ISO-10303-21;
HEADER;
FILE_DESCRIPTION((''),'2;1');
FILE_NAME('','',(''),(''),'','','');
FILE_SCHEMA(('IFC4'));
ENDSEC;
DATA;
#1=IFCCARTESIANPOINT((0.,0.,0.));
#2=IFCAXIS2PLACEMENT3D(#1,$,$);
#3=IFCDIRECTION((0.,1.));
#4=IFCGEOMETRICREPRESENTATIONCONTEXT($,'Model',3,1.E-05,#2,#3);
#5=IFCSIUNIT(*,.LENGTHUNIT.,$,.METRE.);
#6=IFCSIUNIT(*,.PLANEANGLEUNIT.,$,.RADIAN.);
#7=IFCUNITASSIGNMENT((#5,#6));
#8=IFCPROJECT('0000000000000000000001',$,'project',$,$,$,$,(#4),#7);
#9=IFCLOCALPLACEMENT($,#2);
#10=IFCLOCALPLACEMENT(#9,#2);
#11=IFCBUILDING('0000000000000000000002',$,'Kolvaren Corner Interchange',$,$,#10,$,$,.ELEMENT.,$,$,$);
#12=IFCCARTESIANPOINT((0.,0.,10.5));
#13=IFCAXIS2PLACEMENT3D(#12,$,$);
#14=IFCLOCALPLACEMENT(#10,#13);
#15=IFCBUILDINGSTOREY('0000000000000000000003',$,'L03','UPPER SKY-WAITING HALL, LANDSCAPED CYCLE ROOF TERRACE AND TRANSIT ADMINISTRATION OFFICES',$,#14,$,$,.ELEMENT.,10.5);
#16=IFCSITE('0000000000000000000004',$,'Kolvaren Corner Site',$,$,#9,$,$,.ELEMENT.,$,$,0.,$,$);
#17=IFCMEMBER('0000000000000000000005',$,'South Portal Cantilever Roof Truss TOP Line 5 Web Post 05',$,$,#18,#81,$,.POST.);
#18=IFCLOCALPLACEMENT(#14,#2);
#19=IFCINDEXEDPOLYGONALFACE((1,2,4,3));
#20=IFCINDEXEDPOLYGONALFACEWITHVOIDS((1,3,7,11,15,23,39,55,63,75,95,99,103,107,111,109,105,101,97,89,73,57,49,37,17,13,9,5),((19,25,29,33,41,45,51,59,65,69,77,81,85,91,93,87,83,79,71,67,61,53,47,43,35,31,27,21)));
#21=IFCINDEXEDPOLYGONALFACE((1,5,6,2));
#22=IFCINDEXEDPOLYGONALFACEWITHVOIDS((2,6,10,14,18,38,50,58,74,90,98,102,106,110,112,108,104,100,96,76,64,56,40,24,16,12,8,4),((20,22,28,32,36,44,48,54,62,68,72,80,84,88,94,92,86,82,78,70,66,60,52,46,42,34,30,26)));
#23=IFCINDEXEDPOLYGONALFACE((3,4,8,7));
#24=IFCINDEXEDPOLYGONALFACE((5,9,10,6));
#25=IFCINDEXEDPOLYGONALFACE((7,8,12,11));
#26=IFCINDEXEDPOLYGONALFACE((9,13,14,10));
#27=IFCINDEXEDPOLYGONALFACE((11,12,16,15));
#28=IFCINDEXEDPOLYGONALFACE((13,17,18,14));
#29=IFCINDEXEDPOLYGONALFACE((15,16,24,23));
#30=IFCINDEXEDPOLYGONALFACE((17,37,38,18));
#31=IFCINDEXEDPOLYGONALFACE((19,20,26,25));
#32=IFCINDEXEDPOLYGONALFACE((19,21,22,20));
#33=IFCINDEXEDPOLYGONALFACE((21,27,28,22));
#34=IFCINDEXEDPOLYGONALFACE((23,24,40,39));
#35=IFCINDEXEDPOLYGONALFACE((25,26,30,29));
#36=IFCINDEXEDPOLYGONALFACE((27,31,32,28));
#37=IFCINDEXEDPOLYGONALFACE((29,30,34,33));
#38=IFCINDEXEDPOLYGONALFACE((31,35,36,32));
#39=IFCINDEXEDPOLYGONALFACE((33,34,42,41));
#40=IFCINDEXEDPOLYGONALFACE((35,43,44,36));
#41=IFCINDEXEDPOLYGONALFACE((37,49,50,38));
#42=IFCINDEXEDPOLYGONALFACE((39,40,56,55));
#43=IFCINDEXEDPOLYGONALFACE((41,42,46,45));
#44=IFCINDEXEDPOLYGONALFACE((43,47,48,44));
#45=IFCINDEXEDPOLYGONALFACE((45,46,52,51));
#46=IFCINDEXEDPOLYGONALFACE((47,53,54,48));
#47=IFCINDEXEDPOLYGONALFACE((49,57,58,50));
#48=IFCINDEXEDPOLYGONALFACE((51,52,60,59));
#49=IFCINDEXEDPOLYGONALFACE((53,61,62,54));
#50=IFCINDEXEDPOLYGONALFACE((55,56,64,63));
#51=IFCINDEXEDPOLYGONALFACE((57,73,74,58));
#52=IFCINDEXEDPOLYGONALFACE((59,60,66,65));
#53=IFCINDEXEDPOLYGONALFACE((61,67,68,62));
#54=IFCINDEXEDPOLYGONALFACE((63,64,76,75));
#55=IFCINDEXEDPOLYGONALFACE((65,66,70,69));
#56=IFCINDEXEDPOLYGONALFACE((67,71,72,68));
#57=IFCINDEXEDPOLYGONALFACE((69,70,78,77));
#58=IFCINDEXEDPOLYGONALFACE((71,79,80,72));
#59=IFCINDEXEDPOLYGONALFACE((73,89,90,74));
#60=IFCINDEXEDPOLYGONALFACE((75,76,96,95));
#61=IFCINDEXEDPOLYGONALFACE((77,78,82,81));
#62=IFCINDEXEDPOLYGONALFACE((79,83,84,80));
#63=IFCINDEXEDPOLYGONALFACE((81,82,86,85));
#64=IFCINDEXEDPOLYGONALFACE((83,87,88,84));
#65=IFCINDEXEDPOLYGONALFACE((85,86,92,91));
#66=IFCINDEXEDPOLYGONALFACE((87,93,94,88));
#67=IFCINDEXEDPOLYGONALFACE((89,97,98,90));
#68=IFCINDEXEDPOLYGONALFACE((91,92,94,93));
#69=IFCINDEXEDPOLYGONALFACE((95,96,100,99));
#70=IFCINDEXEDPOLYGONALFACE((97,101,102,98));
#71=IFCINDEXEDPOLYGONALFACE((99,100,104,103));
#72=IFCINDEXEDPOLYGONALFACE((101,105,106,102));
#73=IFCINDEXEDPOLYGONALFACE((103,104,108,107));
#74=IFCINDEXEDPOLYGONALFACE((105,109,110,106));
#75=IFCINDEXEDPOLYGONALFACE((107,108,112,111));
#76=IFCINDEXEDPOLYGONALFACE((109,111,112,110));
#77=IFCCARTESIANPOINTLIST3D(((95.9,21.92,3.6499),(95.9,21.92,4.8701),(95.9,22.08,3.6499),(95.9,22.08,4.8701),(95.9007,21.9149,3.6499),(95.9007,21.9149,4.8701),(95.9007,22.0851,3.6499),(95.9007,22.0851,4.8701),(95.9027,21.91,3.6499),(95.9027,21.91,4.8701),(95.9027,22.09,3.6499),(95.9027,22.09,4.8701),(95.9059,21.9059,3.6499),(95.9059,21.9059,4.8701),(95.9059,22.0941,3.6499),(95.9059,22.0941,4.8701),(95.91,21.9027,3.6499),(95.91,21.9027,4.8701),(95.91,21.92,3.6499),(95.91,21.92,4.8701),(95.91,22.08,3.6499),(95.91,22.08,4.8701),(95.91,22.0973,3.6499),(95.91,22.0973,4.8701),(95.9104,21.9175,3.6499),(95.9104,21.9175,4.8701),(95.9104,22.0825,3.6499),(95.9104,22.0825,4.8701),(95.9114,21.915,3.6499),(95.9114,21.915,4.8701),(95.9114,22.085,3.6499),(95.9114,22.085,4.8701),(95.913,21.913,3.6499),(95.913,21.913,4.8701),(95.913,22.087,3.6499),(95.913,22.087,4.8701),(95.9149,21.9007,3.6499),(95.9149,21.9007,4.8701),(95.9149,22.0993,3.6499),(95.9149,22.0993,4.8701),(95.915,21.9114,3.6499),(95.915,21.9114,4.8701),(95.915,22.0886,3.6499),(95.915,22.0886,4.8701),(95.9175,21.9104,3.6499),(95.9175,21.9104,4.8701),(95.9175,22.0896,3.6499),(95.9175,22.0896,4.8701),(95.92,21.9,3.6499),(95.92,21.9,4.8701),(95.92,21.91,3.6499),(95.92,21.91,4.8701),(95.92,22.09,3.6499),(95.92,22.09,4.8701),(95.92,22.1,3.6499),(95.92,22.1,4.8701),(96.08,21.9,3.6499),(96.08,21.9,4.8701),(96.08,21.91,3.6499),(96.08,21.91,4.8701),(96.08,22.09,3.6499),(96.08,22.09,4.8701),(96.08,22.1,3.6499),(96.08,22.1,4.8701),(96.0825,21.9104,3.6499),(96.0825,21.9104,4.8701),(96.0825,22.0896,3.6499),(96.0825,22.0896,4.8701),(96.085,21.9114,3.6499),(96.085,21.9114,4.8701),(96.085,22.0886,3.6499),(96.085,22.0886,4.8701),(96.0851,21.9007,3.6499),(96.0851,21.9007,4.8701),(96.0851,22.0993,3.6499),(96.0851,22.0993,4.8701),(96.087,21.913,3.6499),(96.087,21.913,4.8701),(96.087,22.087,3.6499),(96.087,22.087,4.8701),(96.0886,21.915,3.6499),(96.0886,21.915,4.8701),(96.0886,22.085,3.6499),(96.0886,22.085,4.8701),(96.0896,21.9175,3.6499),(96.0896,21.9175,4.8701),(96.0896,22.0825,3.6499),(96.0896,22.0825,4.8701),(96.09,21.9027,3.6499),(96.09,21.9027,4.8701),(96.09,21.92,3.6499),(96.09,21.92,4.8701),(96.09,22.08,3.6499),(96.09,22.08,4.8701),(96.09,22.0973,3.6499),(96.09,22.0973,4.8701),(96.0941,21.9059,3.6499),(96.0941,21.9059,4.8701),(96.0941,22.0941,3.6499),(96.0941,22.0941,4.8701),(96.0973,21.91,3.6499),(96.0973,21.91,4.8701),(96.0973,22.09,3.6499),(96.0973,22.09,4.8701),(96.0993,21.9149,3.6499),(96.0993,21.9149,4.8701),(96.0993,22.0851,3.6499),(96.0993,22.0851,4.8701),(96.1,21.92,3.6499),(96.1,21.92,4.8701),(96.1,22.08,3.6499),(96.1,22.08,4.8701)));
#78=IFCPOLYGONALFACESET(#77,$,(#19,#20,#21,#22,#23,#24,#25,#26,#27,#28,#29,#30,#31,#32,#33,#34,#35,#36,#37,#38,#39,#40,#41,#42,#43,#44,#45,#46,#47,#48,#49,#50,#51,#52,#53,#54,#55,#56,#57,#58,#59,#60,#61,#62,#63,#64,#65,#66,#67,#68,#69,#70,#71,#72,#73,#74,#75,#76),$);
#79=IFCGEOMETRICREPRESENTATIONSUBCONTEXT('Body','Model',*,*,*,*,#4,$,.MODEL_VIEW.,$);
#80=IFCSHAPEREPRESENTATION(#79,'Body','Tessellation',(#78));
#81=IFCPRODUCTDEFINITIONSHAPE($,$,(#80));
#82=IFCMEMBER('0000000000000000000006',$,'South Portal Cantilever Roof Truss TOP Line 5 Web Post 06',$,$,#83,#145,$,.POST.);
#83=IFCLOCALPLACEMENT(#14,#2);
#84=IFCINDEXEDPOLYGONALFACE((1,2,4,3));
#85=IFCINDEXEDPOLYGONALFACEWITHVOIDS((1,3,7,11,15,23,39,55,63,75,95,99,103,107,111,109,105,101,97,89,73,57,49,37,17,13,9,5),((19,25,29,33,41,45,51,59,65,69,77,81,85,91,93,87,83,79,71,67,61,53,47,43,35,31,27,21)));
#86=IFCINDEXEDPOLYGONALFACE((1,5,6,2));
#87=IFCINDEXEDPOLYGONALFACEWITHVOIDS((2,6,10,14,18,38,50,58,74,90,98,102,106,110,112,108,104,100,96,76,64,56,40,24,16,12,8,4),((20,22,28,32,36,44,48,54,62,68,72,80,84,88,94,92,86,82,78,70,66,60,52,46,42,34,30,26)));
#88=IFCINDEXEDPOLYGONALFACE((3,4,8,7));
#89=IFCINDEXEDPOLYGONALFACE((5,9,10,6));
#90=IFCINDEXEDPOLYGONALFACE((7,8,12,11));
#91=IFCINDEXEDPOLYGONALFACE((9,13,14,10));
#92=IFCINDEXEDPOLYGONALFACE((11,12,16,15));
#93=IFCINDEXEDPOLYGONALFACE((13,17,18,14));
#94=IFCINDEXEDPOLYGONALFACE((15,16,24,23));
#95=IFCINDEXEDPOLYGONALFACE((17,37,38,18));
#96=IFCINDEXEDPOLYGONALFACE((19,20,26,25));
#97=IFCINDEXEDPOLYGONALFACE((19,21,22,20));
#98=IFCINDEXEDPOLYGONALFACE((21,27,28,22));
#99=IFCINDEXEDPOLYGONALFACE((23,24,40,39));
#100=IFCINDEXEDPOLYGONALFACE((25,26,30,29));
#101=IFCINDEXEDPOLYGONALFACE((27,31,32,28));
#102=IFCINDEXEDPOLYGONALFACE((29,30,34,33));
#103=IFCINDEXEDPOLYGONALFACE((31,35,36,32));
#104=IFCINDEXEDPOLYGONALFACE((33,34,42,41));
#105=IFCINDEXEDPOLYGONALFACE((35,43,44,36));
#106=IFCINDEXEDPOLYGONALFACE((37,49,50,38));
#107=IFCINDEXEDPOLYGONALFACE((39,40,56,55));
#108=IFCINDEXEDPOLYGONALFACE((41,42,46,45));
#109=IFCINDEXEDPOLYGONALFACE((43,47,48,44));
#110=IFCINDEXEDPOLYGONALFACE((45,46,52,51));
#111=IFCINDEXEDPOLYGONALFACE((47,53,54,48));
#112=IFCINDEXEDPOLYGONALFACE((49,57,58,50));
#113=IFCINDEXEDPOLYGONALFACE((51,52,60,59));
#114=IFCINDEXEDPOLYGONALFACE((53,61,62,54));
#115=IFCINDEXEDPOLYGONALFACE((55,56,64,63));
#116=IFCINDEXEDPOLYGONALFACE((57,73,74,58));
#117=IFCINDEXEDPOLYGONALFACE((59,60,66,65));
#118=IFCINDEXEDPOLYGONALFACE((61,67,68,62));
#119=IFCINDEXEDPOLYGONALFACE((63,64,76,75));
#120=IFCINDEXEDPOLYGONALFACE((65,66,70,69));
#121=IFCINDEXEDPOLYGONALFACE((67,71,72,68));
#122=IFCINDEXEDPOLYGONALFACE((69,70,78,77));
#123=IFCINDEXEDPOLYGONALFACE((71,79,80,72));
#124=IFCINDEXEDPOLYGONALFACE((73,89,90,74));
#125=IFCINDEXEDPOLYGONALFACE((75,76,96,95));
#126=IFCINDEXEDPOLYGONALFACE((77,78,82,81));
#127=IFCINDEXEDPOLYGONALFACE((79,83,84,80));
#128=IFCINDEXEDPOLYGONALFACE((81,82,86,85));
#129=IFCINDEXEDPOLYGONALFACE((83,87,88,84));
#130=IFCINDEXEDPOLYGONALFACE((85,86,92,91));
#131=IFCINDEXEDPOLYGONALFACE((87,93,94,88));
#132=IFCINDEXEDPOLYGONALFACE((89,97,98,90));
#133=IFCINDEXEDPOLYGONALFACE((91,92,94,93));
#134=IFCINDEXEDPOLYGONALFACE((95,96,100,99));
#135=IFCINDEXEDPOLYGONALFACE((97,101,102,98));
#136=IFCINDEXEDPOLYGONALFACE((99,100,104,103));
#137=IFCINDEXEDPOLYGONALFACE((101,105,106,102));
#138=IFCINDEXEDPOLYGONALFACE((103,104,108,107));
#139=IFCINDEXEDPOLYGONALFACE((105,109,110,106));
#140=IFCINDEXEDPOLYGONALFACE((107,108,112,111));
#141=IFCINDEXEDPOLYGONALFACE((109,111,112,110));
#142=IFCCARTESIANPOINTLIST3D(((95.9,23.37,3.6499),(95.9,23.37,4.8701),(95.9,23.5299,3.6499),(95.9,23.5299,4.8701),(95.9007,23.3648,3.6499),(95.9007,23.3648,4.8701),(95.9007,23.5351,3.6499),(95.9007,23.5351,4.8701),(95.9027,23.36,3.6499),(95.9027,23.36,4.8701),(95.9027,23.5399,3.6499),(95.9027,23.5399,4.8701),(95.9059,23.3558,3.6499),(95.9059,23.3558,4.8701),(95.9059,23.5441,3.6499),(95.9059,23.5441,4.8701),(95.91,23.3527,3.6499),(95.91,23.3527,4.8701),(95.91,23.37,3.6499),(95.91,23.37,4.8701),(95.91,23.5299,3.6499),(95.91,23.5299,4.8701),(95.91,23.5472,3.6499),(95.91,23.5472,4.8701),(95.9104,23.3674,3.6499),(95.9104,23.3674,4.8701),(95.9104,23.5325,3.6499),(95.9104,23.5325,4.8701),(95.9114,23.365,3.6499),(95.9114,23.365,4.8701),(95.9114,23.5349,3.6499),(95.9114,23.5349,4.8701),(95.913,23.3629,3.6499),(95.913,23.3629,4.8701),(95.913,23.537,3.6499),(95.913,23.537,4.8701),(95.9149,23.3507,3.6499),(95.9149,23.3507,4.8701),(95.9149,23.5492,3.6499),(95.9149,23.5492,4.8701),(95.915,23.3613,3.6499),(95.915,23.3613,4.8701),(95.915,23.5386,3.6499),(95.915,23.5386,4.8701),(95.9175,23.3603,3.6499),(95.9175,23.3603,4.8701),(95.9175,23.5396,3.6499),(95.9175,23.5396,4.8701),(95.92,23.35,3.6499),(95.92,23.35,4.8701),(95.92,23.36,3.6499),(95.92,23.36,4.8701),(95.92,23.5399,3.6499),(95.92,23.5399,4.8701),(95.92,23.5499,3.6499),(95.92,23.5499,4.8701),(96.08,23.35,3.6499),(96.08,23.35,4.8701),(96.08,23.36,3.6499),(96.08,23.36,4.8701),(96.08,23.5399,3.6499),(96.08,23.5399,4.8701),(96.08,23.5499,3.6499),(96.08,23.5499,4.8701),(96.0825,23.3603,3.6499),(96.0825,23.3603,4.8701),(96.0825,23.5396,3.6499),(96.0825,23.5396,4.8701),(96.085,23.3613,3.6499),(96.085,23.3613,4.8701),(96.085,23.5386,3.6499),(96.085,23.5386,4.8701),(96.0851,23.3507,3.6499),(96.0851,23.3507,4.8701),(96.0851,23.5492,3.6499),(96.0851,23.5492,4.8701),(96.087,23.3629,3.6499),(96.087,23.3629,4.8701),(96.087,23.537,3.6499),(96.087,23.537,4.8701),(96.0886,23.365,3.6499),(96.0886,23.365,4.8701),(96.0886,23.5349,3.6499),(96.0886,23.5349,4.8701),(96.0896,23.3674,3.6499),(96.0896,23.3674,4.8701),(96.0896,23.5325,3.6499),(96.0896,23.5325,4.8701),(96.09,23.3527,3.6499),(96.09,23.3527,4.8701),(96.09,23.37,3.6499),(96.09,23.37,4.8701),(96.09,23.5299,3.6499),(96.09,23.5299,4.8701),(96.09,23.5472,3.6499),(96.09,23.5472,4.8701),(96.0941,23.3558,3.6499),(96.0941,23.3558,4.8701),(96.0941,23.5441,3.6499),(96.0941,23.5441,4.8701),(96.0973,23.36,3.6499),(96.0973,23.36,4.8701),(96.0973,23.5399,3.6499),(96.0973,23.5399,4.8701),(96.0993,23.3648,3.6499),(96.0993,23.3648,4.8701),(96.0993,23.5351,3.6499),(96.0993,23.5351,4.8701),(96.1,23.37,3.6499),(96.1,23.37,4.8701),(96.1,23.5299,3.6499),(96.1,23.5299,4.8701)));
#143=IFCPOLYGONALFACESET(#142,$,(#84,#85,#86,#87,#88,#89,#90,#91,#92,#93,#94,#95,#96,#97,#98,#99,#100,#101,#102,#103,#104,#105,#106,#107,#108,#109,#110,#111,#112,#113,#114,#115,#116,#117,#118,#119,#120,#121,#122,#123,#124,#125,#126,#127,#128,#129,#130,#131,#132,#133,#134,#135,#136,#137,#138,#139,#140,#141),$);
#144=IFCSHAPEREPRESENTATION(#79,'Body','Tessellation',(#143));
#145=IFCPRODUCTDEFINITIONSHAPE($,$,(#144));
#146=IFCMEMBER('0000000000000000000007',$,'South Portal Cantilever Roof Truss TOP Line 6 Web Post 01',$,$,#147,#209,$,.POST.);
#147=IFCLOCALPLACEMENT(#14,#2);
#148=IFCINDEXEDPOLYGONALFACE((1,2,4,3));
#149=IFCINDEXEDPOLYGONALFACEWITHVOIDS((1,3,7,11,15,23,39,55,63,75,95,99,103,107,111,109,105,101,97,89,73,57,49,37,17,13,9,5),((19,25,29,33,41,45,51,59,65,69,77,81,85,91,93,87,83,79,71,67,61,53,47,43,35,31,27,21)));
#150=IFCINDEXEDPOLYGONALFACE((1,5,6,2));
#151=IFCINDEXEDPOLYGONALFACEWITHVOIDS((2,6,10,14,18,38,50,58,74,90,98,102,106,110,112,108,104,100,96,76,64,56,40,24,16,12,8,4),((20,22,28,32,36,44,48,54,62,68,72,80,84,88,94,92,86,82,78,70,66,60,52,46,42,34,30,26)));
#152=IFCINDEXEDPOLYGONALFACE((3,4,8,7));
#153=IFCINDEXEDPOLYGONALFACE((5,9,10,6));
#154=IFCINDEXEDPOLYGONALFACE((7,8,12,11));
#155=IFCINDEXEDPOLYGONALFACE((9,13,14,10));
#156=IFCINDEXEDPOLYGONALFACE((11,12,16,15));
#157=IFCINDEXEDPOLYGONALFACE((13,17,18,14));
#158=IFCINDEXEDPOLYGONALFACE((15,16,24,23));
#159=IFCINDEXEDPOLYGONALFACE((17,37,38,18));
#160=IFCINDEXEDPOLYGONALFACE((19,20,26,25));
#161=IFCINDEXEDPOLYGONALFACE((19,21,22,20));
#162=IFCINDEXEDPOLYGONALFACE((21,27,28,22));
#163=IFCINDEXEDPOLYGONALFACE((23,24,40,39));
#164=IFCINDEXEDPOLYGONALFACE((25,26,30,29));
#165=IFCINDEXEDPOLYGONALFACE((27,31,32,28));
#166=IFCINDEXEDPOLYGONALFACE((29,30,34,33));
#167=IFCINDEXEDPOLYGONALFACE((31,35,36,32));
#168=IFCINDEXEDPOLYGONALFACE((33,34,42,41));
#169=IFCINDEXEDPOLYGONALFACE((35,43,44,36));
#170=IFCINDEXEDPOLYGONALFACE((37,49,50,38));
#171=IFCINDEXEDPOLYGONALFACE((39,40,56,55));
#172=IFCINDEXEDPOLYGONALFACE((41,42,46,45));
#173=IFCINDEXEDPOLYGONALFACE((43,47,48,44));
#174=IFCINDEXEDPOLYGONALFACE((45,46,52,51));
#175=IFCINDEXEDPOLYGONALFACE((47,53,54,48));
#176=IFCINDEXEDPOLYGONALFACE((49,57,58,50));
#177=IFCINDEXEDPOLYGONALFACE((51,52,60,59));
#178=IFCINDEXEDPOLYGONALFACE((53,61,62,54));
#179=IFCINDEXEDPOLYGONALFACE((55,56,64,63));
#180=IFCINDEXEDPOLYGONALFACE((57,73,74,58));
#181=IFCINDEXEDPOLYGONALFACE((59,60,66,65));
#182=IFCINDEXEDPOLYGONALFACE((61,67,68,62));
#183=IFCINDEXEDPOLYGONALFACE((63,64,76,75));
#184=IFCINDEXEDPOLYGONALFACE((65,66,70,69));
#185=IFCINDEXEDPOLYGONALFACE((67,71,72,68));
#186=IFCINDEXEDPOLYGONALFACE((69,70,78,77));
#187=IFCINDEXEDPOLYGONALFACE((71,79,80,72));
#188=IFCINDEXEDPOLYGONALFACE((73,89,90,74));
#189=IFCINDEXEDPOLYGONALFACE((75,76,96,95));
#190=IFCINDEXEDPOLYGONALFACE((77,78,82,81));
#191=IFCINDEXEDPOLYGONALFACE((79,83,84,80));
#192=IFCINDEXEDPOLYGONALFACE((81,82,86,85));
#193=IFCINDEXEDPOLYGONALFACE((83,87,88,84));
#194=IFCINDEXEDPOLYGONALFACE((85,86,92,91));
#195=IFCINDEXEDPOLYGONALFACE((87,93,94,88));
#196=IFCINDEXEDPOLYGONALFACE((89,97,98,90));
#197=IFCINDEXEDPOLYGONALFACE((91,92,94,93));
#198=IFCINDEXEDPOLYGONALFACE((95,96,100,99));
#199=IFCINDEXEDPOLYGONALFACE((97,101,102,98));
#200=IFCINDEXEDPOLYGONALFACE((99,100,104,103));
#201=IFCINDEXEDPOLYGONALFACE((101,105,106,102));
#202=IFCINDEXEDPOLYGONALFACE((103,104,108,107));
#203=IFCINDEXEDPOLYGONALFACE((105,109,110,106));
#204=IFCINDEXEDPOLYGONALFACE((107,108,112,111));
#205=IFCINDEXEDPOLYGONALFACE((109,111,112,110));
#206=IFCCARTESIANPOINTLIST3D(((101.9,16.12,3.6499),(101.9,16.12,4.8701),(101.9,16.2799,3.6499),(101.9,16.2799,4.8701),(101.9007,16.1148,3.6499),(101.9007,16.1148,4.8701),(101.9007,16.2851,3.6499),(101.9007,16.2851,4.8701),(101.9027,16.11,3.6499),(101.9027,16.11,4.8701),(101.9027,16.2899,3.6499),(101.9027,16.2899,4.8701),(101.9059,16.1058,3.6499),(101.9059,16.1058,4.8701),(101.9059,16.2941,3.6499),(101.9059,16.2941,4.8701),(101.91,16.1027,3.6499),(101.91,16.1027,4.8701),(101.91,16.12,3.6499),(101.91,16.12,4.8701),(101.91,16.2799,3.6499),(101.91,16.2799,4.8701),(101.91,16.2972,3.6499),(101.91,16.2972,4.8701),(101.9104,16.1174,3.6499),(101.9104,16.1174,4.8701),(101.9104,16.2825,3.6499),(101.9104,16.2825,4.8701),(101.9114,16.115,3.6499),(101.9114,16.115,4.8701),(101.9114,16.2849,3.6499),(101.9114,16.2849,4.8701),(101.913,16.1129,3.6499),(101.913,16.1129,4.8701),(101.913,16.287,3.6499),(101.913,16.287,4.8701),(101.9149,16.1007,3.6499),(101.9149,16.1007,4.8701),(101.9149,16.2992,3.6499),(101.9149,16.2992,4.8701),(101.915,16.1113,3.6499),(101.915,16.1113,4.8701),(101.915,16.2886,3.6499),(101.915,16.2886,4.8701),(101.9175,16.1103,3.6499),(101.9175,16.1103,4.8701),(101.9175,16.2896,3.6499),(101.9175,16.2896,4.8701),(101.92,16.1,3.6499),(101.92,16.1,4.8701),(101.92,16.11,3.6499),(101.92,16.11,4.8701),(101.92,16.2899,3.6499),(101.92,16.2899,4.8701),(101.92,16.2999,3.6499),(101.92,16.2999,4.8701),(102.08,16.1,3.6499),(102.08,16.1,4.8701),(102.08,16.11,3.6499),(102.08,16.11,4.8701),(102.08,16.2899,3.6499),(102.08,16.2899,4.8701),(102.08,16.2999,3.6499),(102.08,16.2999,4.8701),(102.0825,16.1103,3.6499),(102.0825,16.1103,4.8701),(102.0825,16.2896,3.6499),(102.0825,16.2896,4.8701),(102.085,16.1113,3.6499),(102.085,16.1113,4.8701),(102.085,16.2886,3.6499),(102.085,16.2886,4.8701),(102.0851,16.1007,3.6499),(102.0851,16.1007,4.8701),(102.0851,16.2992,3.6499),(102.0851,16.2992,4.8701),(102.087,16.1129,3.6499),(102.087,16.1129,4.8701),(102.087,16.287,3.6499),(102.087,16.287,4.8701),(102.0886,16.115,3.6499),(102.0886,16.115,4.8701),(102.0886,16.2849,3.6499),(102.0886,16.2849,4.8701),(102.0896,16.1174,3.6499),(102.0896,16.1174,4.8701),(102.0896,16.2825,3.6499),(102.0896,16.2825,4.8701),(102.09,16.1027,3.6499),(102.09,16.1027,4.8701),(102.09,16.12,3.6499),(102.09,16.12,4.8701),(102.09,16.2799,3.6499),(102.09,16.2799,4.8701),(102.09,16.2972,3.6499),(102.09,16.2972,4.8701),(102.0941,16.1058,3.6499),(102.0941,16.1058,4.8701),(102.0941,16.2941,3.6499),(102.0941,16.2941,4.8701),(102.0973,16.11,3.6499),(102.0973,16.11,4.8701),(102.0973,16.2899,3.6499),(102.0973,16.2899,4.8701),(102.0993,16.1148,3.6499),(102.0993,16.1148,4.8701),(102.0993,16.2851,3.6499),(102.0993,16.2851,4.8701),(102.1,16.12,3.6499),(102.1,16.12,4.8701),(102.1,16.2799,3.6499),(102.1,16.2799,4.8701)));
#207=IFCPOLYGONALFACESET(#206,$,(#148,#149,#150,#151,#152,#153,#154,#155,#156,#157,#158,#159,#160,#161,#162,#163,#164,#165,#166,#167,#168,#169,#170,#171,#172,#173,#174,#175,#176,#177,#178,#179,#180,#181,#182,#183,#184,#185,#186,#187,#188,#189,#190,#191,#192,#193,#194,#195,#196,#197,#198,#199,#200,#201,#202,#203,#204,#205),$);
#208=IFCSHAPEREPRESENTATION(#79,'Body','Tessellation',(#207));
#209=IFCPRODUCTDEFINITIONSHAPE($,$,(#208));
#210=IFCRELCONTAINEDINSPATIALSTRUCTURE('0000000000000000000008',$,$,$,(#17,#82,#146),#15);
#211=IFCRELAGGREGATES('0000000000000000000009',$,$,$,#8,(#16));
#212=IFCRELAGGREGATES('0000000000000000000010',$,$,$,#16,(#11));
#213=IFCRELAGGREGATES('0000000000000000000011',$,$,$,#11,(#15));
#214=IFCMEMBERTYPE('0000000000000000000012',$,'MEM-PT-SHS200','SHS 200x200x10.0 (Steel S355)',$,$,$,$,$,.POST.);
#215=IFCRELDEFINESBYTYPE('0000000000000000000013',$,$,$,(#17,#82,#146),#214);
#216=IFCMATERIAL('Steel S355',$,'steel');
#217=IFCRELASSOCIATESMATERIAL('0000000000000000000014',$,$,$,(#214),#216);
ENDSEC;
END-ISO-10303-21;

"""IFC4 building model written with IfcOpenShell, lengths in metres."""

from ifc_helpers import new_model, si_unit, direction, frame, origin, origin_2d, place, context, subcontext, project, spatial, hollow_rectangle, extrude, material, material_profile, profile_set, type_object, element, save


model = new_model("IFC4")

# Units and contexts
model_context = context("Model", 3, precision=1e-05, world=origin(), true_north=direction((0.0, 1.0)))
body_context = subcontext(model_context, "Body", "Model", "MODEL_VIEW")
ifc_project = project(units=[si_unit("LENGTHUNIT", "METRE"), si_unit("PLANEANGLEUNIT", "RADIAN")], contexts=[model_context])

# Site, building, storey
site_placement = place(None, origin())
site = spatial("IfcSite", under=ifc_project, at=site_placement, Name="Kolvaren Corner Site", CompositionType="ELEMENT", RefElevation=0.0)
building_placement = place(site_placement, origin())
building = spatial("IfcBuilding", under=site, at=building_placement, Name="Kolvaren Corner Interchange", CompositionType="ELEMENT")
storey_placement = place(building_placement, frame((0.0, 0.0, 10.5)))
storey = spatial("IfcBuildingStorey", under=building, at=storey_placement, Name="L03", Description="UPPER SKY-WAITING HALL, LANDSCAPED CYCLE ROOF TERRACE AND TRANSIT ADMINISTRATION OFFICES", CompositionType="ELEMENT", Elevation=10.5)

# Members
ifc_material_1 = material(Name="Steel S355", Category="steel")
ifc_material_profile_1 = material_profile(ifc_material_1, hollow_rectangle(XDim=0.2, YDim=0.2, WallThickness=0.01, InnerFilletRadius=0.01, OuterFilletRadius=0.02, at=origin_2d()), Name="SHS 200x200x10.0")
ifc_profile_set_1 = profile_set([ifc_material_profile_1], Name="Steel S355")
member_type_1 = type_object("IfcMemberType", Name="MEM-PT-SHS200", Description="SHS 200x200x10.0 (Steel S355)", PredefinedType="POST", material=ifc_profile_set_1)
for number, where, z_axis, x_axis, name in (
    (1, (96.0, 22.0, 3.6499), (0.0, 0.0, 1.0), (1.0, 0.0, 0.0), "South Portal Cantilever Roof Truss TOP Line 5 Web Post 05"),
    (2, (96.0, 23.45, 3.6499), (0.0, 0.0, 1.0), (1.0, 0.0, 0.0), "South Portal Cantilever Roof Truss TOP Line 5 Web Post 06"),
    (3, (102.0, 16.2, 3.6499), (0.0, 0.0, 1.0), (1.0, 0.0, 0.0), "South Portal Cantilever Roof Truss TOP Line 6 Web Post 01"),
):
    element("IfcMember", number, at=place(storey_placement, frame(where, z_axis=z_axis, x_axis=x_axis)), inside=storey, type_object=member_type_1, Name=name, PredefinedType="POST", context=body_context, shape_type="SweptSolid", body=[
        extrude(hollow_rectangle(XDim=0.2, YDim=0.2, WallThickness=0.01, InnerFilletRadius=0.01, OuterFilletRadius=0.02, at=origin_2d()), origin(), (0.0, 0.0, 1.0), 1.2202),
    ])

save(model, "model.ifc")
